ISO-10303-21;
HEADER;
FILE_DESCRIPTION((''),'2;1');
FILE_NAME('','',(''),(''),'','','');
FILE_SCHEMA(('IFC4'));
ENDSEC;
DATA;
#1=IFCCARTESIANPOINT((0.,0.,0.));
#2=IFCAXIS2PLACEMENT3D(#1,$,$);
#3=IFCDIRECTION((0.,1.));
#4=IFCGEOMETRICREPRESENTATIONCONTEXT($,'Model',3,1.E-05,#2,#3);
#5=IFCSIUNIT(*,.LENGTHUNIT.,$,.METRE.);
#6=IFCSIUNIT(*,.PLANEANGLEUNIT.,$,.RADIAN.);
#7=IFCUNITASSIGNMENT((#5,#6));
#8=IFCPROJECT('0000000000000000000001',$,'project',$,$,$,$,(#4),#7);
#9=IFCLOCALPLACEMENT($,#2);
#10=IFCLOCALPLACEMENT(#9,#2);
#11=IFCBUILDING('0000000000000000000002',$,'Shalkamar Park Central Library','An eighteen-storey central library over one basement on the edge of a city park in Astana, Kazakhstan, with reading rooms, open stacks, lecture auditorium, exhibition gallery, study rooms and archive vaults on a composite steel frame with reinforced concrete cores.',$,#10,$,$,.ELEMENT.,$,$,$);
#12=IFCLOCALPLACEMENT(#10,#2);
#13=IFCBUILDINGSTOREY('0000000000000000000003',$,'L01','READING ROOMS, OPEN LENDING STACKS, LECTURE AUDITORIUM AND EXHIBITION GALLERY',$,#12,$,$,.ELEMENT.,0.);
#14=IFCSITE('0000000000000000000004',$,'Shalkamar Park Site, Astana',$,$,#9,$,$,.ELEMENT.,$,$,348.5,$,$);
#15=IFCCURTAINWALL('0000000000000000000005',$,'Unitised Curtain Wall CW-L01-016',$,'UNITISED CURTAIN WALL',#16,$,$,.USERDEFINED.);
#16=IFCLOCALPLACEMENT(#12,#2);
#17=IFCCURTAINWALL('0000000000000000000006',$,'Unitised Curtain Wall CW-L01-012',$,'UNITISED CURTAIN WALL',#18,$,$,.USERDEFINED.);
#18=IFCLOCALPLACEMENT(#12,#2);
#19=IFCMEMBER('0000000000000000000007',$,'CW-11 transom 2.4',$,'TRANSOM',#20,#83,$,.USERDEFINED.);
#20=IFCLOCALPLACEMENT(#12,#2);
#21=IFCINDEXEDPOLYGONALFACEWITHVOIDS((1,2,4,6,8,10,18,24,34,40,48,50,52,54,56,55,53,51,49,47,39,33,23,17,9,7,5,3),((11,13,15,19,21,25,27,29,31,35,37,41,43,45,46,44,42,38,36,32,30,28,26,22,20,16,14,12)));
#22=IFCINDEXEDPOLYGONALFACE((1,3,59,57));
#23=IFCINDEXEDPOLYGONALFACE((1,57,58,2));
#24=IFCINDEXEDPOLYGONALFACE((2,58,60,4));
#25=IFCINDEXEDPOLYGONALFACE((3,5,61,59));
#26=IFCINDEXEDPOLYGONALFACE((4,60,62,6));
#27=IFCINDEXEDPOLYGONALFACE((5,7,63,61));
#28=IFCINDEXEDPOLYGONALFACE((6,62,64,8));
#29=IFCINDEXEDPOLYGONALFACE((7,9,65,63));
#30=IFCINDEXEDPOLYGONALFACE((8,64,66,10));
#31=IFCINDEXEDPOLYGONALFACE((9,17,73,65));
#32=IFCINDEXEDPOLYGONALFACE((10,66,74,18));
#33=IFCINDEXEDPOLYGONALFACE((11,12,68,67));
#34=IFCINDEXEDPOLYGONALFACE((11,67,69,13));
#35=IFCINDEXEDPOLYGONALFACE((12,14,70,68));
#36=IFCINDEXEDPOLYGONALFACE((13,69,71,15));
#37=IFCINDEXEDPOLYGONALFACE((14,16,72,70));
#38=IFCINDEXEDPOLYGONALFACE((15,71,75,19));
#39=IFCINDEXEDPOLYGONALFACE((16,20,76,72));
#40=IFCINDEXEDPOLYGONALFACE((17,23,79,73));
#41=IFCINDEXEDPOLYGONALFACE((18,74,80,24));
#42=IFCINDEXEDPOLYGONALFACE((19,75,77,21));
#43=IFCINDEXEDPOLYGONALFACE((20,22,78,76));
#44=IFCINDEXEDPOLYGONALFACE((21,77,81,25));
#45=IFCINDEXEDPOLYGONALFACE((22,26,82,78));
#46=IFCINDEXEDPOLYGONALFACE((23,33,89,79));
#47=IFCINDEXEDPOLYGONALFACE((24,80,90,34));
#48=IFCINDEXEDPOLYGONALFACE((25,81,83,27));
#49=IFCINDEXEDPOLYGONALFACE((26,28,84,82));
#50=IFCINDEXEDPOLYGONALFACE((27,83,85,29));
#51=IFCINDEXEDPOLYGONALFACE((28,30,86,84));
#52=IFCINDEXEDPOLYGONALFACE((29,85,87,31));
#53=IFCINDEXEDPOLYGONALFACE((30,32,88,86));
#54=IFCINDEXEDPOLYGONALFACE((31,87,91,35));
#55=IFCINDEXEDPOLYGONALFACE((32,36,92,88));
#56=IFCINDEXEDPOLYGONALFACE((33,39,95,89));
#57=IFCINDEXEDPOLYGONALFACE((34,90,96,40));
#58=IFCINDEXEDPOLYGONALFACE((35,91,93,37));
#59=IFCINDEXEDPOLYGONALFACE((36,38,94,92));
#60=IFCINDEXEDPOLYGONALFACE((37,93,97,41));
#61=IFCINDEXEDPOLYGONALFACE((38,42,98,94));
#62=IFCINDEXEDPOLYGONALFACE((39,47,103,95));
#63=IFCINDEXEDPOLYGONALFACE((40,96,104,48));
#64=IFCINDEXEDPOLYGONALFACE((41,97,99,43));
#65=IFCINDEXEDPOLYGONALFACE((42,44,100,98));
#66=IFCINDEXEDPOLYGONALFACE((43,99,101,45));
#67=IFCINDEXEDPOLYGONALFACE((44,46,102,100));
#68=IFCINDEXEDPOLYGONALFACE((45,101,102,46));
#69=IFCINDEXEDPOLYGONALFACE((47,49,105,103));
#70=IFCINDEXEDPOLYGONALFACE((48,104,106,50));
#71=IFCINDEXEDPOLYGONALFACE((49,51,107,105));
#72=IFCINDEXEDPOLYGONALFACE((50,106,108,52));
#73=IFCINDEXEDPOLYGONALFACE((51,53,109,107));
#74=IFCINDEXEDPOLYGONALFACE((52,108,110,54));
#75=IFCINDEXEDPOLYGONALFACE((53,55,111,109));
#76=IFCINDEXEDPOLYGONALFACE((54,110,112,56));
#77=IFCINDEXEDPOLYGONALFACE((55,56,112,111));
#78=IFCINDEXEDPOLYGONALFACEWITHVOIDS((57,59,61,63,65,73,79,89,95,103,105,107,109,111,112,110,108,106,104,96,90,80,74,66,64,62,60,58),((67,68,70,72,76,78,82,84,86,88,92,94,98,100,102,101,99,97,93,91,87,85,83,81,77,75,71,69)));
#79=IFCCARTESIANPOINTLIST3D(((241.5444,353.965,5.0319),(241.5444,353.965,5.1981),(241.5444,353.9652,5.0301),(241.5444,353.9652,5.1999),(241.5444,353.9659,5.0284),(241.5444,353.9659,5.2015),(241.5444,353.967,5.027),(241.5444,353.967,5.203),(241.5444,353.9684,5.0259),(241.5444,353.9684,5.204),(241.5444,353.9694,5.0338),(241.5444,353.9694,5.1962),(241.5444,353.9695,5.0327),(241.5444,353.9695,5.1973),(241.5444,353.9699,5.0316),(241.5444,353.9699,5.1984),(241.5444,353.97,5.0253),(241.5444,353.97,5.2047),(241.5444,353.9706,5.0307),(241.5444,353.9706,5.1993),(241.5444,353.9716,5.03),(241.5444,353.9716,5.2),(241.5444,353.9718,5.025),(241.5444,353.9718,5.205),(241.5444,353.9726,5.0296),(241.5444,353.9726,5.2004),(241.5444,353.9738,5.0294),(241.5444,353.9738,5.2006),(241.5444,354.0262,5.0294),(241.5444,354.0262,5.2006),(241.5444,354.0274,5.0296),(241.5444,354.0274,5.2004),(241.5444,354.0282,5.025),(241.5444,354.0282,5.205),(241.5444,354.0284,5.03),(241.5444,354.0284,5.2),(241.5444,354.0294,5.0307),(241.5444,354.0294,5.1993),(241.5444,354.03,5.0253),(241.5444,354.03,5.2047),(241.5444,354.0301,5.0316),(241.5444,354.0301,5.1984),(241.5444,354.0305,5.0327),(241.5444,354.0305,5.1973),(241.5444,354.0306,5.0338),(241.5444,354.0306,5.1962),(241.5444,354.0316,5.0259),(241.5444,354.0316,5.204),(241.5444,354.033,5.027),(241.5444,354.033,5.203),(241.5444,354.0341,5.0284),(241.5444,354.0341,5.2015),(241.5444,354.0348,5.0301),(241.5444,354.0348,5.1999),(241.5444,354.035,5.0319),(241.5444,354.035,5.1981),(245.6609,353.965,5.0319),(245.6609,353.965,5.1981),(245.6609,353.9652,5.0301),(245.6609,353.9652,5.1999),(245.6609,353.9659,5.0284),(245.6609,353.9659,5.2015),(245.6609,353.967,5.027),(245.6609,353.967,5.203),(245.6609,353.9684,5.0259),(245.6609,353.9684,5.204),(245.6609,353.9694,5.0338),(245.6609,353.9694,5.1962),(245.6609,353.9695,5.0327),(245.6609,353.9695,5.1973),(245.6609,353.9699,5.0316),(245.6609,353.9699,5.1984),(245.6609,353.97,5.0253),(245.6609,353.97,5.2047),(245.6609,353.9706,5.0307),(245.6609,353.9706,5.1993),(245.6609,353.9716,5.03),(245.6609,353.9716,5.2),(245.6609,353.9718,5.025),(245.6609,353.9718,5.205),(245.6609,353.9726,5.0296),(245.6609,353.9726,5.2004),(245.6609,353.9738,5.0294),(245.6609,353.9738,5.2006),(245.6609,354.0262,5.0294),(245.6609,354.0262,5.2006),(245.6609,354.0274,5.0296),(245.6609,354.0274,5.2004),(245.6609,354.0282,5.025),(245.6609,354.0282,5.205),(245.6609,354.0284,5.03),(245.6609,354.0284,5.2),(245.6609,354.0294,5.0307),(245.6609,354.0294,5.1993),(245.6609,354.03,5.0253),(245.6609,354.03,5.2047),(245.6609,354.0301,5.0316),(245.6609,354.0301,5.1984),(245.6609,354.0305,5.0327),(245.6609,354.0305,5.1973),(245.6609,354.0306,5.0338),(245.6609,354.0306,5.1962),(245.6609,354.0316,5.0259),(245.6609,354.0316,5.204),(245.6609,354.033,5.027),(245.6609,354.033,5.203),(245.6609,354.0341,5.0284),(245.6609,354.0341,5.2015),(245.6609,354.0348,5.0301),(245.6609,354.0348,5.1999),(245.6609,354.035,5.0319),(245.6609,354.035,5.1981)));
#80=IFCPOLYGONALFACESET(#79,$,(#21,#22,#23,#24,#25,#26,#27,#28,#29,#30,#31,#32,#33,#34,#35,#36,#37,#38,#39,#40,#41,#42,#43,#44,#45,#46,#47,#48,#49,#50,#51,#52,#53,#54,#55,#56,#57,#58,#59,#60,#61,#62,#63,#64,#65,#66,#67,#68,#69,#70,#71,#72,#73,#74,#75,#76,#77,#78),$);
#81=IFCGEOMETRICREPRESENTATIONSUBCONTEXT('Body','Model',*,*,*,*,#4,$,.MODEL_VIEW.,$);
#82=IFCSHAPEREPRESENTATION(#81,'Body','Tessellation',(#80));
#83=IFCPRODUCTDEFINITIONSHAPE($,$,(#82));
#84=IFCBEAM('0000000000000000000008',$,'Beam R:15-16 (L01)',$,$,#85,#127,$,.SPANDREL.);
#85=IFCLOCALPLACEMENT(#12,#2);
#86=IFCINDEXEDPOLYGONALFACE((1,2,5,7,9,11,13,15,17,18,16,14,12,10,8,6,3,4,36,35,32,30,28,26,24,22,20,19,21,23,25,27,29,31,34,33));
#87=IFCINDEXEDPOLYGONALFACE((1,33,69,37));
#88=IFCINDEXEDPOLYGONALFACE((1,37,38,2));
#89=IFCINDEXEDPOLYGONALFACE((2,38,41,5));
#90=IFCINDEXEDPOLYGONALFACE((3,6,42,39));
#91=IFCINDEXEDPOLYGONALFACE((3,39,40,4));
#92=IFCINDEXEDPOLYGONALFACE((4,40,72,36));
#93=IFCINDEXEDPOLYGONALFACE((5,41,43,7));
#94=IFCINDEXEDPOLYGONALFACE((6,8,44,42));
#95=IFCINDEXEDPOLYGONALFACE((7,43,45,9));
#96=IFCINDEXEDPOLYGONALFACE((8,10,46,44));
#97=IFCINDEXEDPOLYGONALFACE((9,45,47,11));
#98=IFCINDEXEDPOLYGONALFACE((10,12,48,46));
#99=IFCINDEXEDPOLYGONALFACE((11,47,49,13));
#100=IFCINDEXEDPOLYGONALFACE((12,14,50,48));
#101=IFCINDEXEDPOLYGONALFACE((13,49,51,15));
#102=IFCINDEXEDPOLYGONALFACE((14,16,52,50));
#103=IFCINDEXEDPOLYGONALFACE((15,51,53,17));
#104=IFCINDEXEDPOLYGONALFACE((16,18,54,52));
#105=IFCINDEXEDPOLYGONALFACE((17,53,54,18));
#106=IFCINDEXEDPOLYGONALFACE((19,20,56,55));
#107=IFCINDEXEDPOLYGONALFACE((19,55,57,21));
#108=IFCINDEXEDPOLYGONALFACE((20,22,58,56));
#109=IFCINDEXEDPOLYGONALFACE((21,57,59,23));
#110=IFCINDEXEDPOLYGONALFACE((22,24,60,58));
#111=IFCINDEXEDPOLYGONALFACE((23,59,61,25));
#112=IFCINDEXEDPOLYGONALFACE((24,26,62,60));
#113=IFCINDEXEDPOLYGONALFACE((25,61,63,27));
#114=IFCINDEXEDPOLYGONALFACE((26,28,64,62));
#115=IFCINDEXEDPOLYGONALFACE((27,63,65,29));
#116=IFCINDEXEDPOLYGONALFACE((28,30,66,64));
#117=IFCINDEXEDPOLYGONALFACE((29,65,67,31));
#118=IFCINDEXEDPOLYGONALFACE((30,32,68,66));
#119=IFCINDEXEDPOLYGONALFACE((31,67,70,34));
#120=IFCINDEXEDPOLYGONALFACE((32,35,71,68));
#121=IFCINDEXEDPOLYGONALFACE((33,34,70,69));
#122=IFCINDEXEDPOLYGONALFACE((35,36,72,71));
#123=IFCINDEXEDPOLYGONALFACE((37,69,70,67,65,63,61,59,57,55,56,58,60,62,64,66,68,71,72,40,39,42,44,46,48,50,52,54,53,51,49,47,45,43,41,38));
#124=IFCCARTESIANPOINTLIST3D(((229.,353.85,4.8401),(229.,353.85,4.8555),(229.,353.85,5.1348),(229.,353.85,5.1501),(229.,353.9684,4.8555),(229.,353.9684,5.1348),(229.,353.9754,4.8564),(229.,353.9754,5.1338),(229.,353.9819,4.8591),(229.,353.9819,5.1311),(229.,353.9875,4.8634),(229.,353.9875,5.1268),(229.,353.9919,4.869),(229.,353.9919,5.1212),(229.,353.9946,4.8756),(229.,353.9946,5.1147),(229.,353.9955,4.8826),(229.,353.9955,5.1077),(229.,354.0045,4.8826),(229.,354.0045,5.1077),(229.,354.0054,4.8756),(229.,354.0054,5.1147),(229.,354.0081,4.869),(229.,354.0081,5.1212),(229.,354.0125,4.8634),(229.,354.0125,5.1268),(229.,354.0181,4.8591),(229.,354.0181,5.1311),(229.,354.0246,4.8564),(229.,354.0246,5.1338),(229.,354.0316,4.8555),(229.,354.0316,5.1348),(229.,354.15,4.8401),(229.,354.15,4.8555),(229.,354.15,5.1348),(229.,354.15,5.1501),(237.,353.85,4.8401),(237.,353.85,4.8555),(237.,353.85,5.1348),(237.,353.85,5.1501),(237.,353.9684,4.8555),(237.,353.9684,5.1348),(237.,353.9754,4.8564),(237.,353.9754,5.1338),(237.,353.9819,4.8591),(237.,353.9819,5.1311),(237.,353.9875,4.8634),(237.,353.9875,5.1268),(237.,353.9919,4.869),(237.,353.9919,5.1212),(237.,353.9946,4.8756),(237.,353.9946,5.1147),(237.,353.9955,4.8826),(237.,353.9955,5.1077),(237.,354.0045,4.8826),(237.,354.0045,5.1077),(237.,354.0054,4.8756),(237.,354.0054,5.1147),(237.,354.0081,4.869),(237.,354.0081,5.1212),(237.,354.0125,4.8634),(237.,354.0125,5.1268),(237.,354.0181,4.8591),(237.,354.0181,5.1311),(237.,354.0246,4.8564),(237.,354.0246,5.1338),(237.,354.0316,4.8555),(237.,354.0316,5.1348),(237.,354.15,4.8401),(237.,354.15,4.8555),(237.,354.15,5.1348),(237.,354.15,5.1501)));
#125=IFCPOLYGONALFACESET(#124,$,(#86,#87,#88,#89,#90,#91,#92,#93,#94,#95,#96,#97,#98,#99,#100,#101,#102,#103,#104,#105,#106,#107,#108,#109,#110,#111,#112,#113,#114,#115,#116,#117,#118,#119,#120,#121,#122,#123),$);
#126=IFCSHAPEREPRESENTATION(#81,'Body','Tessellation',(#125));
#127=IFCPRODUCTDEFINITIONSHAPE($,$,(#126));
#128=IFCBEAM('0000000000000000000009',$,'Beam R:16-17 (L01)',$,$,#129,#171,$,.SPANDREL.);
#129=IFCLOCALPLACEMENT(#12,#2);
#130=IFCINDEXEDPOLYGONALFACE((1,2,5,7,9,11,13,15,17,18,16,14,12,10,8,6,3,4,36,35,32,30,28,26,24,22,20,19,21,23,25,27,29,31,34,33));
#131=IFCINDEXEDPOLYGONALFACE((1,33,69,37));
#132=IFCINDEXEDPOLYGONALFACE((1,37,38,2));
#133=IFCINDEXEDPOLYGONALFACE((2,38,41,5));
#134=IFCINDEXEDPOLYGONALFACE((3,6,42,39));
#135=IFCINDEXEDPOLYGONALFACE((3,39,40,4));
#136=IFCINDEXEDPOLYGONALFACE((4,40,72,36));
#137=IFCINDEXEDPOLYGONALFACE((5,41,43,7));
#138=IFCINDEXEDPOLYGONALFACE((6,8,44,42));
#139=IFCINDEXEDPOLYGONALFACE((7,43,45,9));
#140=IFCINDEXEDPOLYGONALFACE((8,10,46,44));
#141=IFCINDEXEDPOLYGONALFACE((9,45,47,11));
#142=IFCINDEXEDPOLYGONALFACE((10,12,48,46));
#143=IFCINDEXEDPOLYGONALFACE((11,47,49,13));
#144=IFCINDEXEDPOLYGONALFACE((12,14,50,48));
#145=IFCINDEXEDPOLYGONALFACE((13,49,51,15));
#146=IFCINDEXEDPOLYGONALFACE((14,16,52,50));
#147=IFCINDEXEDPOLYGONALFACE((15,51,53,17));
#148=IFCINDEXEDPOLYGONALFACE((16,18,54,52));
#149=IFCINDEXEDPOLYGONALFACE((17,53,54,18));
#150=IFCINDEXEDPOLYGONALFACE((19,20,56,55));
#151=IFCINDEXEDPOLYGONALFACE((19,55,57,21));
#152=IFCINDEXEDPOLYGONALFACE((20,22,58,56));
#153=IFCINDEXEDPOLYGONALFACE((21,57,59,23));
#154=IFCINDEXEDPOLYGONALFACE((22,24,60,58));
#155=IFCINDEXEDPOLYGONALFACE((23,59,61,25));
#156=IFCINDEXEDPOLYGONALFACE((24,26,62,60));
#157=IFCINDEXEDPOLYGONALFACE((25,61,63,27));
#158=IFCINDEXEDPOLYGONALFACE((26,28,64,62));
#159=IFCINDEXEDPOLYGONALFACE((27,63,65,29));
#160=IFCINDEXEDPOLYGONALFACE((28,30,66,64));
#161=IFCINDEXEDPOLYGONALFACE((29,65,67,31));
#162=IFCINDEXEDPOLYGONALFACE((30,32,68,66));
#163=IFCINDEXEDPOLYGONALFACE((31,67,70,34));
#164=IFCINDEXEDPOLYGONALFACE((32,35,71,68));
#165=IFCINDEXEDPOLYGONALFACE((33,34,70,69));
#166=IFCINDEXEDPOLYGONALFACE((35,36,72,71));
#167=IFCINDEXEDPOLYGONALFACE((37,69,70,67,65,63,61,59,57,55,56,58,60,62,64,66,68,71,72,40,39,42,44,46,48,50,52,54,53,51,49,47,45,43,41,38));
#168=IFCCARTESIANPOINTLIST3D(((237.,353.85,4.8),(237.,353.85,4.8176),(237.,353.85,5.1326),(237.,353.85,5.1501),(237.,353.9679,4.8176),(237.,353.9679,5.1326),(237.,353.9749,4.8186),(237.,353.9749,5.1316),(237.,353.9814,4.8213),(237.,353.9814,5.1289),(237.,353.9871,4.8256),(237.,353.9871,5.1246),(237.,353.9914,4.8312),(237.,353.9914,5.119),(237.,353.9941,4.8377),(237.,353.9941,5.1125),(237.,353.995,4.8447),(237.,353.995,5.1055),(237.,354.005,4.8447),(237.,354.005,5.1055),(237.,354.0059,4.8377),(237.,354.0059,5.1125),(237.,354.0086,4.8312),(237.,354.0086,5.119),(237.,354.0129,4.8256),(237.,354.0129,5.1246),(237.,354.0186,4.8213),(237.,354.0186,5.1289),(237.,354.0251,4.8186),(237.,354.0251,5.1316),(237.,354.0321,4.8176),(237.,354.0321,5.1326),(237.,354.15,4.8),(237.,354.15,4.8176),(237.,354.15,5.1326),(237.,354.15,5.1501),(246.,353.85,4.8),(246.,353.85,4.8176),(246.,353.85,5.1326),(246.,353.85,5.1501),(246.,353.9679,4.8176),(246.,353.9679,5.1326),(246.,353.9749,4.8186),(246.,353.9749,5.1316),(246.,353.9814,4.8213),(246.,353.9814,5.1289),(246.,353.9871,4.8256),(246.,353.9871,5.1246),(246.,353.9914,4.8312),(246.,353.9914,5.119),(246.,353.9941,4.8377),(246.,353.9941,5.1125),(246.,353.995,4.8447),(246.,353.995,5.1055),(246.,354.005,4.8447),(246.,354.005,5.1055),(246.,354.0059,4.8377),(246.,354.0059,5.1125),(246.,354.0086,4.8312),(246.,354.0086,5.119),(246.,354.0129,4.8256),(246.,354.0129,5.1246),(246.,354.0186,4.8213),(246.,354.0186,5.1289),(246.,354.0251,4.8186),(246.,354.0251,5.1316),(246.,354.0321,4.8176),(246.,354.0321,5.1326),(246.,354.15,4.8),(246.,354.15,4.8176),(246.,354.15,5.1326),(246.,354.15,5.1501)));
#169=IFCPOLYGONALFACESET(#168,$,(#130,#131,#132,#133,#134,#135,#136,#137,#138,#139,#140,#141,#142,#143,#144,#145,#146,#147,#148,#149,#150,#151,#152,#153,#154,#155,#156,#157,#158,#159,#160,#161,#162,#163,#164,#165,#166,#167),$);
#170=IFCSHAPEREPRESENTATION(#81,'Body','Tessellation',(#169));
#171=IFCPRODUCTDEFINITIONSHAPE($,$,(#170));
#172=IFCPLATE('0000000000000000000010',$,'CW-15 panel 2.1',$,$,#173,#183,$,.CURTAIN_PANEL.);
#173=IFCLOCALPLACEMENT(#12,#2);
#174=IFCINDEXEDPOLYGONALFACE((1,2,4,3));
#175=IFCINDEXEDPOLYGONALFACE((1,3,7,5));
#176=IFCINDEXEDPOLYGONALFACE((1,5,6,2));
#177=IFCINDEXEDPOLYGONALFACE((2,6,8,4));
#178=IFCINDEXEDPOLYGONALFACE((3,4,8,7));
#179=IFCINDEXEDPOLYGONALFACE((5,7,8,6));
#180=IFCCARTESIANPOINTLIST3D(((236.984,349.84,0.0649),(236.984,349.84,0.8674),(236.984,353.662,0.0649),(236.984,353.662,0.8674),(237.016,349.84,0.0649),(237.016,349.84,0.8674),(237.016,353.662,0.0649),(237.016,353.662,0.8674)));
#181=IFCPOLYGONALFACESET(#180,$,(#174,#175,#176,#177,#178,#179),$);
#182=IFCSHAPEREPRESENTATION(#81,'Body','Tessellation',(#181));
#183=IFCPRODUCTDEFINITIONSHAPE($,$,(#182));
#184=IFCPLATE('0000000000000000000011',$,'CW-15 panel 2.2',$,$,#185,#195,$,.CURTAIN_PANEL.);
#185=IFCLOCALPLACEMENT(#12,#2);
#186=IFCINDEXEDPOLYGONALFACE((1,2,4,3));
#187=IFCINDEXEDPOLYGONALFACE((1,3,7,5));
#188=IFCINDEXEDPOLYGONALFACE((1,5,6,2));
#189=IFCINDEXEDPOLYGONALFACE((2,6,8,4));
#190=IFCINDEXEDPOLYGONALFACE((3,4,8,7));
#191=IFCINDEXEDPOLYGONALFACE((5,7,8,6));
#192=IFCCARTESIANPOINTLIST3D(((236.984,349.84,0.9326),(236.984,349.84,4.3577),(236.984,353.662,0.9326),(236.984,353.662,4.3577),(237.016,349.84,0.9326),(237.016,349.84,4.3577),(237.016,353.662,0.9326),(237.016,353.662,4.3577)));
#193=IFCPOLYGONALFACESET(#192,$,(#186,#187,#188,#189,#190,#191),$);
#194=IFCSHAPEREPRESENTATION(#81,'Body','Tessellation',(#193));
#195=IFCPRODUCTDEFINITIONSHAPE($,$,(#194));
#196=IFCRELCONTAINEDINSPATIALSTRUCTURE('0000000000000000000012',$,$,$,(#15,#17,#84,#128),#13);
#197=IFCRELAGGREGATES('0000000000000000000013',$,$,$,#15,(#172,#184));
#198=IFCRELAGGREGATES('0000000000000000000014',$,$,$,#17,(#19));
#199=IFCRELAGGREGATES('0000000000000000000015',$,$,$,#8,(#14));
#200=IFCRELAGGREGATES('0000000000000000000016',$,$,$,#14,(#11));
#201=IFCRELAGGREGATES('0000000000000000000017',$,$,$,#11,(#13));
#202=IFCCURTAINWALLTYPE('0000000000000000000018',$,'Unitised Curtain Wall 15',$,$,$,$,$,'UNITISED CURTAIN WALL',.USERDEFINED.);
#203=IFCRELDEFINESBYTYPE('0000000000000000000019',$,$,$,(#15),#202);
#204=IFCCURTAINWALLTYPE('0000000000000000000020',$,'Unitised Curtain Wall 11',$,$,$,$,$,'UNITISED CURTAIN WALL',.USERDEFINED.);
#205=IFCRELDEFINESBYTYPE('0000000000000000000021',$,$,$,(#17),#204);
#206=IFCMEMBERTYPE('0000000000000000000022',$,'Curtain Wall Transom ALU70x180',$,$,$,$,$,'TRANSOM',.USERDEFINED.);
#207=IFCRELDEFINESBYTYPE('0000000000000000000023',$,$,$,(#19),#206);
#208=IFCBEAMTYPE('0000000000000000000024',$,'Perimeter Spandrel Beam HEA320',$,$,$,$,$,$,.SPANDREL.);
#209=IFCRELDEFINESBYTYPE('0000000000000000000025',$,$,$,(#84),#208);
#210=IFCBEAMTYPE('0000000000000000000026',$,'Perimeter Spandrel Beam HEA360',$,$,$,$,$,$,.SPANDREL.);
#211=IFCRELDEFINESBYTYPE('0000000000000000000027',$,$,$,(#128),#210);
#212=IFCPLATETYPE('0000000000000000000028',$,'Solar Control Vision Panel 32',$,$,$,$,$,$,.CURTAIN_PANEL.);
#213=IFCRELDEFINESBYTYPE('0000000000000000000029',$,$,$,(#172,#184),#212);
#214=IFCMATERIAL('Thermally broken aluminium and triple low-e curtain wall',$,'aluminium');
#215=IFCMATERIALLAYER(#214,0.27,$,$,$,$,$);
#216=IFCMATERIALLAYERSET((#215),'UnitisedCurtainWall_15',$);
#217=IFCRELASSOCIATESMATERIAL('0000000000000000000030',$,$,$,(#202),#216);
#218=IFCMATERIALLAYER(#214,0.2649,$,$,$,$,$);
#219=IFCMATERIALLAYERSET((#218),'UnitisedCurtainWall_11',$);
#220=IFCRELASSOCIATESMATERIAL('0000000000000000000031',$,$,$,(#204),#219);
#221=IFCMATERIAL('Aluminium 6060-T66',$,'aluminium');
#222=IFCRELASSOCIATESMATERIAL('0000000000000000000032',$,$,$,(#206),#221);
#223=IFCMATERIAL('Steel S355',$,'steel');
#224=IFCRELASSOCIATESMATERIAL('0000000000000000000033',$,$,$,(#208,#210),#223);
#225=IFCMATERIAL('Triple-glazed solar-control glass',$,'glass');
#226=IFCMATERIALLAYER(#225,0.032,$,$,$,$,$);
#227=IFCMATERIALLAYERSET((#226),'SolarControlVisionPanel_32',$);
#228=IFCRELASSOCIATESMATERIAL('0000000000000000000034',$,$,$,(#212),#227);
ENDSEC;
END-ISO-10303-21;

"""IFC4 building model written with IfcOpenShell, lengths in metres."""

from ifc_helpers import new_model, si_unit, direction, frame, origin, origin_2d, place, context, subcontext, project, spatial, rectangle, hollow_rectangle, i_section, extrude, material, layer, layer_set, material_profile, profile_set, type_object, element, aggregate, save


model = new_model("IFC4")

# Units and contexts
model_context = context("Model", 3, precision=1e-05, world=origin(), true_north=direction((0.0, 1.0)))
body_context = subcontext(model_context, "Body", "Model", "MODEL_VIEW")
ifc_project = project(units=[si_unit("LENGTHUNIT", "METRE"), si_unit("PLANEANGLEUNIT", "RADIAN")], contexts=[model_context])

# Site, building, storey
site_placement = place(None, origin())
site = spatial("IfcSite", under=ifc_project, at=site_placement, Name="Shalkamar Park Site, Astana", CompositionType="ELEMENT", RefElevation=348.5)
building_placement = place(site_placement, origin())
building = spatial("IfcBuilding", under=site, at=building_placement, Name="Shalkamar Park Central Library", Description="An eighteen-storey central library over one basement on the edge of a city park in Astana, Kazakhstan, with reading rooms, open stacks, lecture auditorium, exhibition gallery, study rooms and archive vaults on a composite steel frame with reinforced concrete cores.", CompositionType="ELEMENT")
storey_placement = place(building_placement, origin())
storey = spatial("IfcBuildingStorey", under=building, at=storey_placement, Name="L01", Description="READING ROOMS, OPEN LENDING STACKS, LECTURE AUDITORIUM AND EXHIBITION GALLERY", CompositionType="ELEMENT", Elevation=0.0)

# Shared definitions
ifc_material_1 = material(Name="Steel S355", Category="steel")

# Curtain walls
ifc_material_2 = material(Name="Thermally broken aluminium and triple low-e curtain wall", Category="aluminium")
ifc_layer_1 = layer(ifc_material_2, 0.27)
ifc_layer_set_1 = layer_set([ifc_layer_1], Name="UnitisedCurtainWall_15")
curtain_wall_type_1 = type_object("IfcCurtainWallType", Name="Unitised Curtain Wall 15", ElementType="UNITISED CURTAIN WALL", PredefinedType="USERDEFINED", material=ifc_layer_set_1)
curtain_wall_1_placement = place(storey_placement, origin())
curtain_wall_1 = element("IfcCurtainWall", 1, at=curtain_wall_1_placement, inside=storey, type_object=curtain_wall_type_1, Name="Unitised Curtain Wall CW-L01-016", ObjectType="UNITISED CURTAIN WALL", PredefinedType="USERDEFINED")
ifc_material_3 = material(Name="Aluminium 6060-T66", Category="aluminium")
ifc_layer_2 = layer(ifc_material_2, 0.2649)
ifc_layer_set_2 = layer_set([ifc_layer_2], Name="UnitisedCurtainWall_11")
curtain_wall_type_2 = type_object("IfcCurtainWallType", Name="Unitised Curtain Wall 11", ElementType="UNITISED CURTAIN WALL", PredefinedType="USERDEFINED", material=ifc_layer_set_2)
curtain_wall_2_placement = place(storey_placement, origin())
curtain_wall_2 = element("IfcCurtainWall", 2, at=curtain_wall_2_placement, inside=storey, type_object=curtain_wall_type_2, Name="Unitised Curtain Wall CW-L01-012", ObjectType="UNITISED CURTAIN WALL", PredefinedType="USERDEFINED")

# Member
ifc_material_profile_1 = material_profile(ifc_material_3, hollow_rectangle(XDim=0.0701, YDim=0.1799, WallThickness=0.0044, InnerFilletRadius=0.0044, OuterFilletRadius=0.0068, at=origin_2d()), Name="ALU 70x180x4.5")
ifc_profile_set_1 = profile_set([ifc_material_profile_1], Name="Aluminium 6060-T66")
member_type_1 = type_object("IfcMemberType", Name="Curtain Wall Transom ALU70x180", ElementType="TRANSOM", PredefinedType="USERDEFINED", material=ifc_profile_set_1)
member_1_placement = place(storey_placement, frame((241.5444, 354.0, 5.115), z_axis=(1.0, 0.0, 0.0), x_axis=(0.0, 1.0, 0.0)))
member_1 = element("IfcMember", 3, at=member_1_placement, type_object=member_type_1, Name="CW-11 transom 2.4", ObjectType="TRANSOM", PredefinedType="USERDEFINED", context=body_context, shape_type="SweptSolid", body=[
    extrude(hollow_rectangle(XDim=0.0701, YDim=0.1799, WallThickness=0.0044, InnerFilletRadius=0.0044, OuterFilletRadius=0.0068, at=origin_2d()), origin(), (0.0, 0.0, 1.0), 4.1165),
])

# Beams
ifc_material_profile_2 = material_profile(ifc_material_1, i_section(OverallWidth=0.3, OverallDepth=0.3101, WebThickness=0.009, FlangeThickness=0.0154, FilletRadius=0.0271, at=origin_2d()), Name="HEA 320")
ifc_profile_set_2 = profile_set([ifc_material_profile_2], Name="Steel S355")
beam_type_1 = type_object("IfcBeamType", Name="Perimeter Spandrel Beam HEA320", PredefinedType="SPANDREL", material=ifc_profile_set_2)
beam_1_placement = place(storey_placement, frame((229.0, 354.0, 4.9951), z_axis=(1.0, 0.0, 0.0), x_axis=(0.0, 1.0, 0.0)))
element("IfcBeam", 4, at=beam_1_placement, inside=storey, type_object=beam_type_1, Name="Beam R:15-16 (L01)", PredefinedType="SPANDREL", context=body_context, shape_type="SweptSolid", body=[
    extrude(i_section(OverallWidth=0.3, OverallDepth=0.3101, WebThickness=0.009, FlangeThickness=0.0154, FilletRadius=0.0271, at=origin_2d()), origin(), (0.0, 0.0, 1.0), 8.0),
])
ifc_material_profile_3 = material_profile(ifc_material_1, i_section(OverallWidth=0.3, OverallDepth=0.3501, WebThickness=0.01, FlangeThickness=0.0176, FilletRadius=0.0271, at=origin_2d()), Name="HEA 360")
ifc_profile_set_3 = profile_set([ifc_material_profile_3], Name="Steel S355")
beam_type_2 = type_object("IfcBeamType", Name="Perimeter Spandrel Beam HEA360", PredefinedType="SPANDREL", material=ifc_profile_set_3)
beam_2_placement = place(storey_placement, frame((237.0, 354.0, 4.9751), z_axis=(1.0, 0.0, 0.0), x_axis=(0.0, 1.0, 0.0)))
element("IfcBeam", 5, at=beam_2_placement, inside=storey, type_object=beam_type_2, Name="Beam R:16-17 (L01)", PredefinedType="SPANDREL", context=body_context, shape_type="SweptSolid", body=[
    extrude(i_section(OverallWidth=0.3, OverallDepth=0.3501, WebThickness=0.01, FlangeThickness=0.0176, FilletRadius=0.0271, at=origin_2d()), origin(), (0.0, 0.0, 1.0), 9.0),
])

# Plates
ifc_material_4 = material(Name="Triple-glazed solar-control glass", Category="glass")
ifc_layer_3 = layer(ifc_material_4, 0.032)
ifc_layer_set_3 = layer_set([ifc_layer_3], Name="SolarControlVisionPanel_32")
plate_type_1 = type_object("IfcPlateType", Name="Solar Control Vision Panel 32", PredefinedType="CURTAIN_PANEL", material=ifc_layer_set_3)
plate_1_placement = place(storey_placement, frame((237.0, 351.751, 0.0649), z_axis=(0.0, 0.0, 1.0), x_axis=(0.0, 1.0, 0.0)))
plate_1 = element("IfcPlate", 6, at=plate_1_placement, type_object=plate_type_1, Name="CW-15 panel 2.1", PredefinedType="CURTAIN_PANEL", context=body_context, shape_type="SweptSolid", body=[
    extrude(rectangle(XDim=3.822, YDim=0.032, at=origin_2d()), origin(), (0.0, 0.0, 1.0), 0.8025),
])
plate_2_placement = place(storey_placement, frame((237.0, 351.751, 0.9326), z_axis=(0.0, 0.0, 1.0), x_axis=(0.0, 1.0, 0.0)))
plate_2 = element("IfcPlate", 7, at=plate_2_placement, type_object=plate_type_1, Name="CW-15 panel 2.2", PredefinedType="CURTAIN_PANEL", context=body_context, shape_type="SweptSolid", body=[
    extrude(rectangle(XDim=3.822, YDim=0.032, at=origin_2d()), origin(), (0.0, 0.0, 1.0), 3.425),
])
aggregate(curtain_wall_1, [plate_1, plate_2])
aggregate(curtain_wall_2, [member_1])

save(model, "model.ifc")
